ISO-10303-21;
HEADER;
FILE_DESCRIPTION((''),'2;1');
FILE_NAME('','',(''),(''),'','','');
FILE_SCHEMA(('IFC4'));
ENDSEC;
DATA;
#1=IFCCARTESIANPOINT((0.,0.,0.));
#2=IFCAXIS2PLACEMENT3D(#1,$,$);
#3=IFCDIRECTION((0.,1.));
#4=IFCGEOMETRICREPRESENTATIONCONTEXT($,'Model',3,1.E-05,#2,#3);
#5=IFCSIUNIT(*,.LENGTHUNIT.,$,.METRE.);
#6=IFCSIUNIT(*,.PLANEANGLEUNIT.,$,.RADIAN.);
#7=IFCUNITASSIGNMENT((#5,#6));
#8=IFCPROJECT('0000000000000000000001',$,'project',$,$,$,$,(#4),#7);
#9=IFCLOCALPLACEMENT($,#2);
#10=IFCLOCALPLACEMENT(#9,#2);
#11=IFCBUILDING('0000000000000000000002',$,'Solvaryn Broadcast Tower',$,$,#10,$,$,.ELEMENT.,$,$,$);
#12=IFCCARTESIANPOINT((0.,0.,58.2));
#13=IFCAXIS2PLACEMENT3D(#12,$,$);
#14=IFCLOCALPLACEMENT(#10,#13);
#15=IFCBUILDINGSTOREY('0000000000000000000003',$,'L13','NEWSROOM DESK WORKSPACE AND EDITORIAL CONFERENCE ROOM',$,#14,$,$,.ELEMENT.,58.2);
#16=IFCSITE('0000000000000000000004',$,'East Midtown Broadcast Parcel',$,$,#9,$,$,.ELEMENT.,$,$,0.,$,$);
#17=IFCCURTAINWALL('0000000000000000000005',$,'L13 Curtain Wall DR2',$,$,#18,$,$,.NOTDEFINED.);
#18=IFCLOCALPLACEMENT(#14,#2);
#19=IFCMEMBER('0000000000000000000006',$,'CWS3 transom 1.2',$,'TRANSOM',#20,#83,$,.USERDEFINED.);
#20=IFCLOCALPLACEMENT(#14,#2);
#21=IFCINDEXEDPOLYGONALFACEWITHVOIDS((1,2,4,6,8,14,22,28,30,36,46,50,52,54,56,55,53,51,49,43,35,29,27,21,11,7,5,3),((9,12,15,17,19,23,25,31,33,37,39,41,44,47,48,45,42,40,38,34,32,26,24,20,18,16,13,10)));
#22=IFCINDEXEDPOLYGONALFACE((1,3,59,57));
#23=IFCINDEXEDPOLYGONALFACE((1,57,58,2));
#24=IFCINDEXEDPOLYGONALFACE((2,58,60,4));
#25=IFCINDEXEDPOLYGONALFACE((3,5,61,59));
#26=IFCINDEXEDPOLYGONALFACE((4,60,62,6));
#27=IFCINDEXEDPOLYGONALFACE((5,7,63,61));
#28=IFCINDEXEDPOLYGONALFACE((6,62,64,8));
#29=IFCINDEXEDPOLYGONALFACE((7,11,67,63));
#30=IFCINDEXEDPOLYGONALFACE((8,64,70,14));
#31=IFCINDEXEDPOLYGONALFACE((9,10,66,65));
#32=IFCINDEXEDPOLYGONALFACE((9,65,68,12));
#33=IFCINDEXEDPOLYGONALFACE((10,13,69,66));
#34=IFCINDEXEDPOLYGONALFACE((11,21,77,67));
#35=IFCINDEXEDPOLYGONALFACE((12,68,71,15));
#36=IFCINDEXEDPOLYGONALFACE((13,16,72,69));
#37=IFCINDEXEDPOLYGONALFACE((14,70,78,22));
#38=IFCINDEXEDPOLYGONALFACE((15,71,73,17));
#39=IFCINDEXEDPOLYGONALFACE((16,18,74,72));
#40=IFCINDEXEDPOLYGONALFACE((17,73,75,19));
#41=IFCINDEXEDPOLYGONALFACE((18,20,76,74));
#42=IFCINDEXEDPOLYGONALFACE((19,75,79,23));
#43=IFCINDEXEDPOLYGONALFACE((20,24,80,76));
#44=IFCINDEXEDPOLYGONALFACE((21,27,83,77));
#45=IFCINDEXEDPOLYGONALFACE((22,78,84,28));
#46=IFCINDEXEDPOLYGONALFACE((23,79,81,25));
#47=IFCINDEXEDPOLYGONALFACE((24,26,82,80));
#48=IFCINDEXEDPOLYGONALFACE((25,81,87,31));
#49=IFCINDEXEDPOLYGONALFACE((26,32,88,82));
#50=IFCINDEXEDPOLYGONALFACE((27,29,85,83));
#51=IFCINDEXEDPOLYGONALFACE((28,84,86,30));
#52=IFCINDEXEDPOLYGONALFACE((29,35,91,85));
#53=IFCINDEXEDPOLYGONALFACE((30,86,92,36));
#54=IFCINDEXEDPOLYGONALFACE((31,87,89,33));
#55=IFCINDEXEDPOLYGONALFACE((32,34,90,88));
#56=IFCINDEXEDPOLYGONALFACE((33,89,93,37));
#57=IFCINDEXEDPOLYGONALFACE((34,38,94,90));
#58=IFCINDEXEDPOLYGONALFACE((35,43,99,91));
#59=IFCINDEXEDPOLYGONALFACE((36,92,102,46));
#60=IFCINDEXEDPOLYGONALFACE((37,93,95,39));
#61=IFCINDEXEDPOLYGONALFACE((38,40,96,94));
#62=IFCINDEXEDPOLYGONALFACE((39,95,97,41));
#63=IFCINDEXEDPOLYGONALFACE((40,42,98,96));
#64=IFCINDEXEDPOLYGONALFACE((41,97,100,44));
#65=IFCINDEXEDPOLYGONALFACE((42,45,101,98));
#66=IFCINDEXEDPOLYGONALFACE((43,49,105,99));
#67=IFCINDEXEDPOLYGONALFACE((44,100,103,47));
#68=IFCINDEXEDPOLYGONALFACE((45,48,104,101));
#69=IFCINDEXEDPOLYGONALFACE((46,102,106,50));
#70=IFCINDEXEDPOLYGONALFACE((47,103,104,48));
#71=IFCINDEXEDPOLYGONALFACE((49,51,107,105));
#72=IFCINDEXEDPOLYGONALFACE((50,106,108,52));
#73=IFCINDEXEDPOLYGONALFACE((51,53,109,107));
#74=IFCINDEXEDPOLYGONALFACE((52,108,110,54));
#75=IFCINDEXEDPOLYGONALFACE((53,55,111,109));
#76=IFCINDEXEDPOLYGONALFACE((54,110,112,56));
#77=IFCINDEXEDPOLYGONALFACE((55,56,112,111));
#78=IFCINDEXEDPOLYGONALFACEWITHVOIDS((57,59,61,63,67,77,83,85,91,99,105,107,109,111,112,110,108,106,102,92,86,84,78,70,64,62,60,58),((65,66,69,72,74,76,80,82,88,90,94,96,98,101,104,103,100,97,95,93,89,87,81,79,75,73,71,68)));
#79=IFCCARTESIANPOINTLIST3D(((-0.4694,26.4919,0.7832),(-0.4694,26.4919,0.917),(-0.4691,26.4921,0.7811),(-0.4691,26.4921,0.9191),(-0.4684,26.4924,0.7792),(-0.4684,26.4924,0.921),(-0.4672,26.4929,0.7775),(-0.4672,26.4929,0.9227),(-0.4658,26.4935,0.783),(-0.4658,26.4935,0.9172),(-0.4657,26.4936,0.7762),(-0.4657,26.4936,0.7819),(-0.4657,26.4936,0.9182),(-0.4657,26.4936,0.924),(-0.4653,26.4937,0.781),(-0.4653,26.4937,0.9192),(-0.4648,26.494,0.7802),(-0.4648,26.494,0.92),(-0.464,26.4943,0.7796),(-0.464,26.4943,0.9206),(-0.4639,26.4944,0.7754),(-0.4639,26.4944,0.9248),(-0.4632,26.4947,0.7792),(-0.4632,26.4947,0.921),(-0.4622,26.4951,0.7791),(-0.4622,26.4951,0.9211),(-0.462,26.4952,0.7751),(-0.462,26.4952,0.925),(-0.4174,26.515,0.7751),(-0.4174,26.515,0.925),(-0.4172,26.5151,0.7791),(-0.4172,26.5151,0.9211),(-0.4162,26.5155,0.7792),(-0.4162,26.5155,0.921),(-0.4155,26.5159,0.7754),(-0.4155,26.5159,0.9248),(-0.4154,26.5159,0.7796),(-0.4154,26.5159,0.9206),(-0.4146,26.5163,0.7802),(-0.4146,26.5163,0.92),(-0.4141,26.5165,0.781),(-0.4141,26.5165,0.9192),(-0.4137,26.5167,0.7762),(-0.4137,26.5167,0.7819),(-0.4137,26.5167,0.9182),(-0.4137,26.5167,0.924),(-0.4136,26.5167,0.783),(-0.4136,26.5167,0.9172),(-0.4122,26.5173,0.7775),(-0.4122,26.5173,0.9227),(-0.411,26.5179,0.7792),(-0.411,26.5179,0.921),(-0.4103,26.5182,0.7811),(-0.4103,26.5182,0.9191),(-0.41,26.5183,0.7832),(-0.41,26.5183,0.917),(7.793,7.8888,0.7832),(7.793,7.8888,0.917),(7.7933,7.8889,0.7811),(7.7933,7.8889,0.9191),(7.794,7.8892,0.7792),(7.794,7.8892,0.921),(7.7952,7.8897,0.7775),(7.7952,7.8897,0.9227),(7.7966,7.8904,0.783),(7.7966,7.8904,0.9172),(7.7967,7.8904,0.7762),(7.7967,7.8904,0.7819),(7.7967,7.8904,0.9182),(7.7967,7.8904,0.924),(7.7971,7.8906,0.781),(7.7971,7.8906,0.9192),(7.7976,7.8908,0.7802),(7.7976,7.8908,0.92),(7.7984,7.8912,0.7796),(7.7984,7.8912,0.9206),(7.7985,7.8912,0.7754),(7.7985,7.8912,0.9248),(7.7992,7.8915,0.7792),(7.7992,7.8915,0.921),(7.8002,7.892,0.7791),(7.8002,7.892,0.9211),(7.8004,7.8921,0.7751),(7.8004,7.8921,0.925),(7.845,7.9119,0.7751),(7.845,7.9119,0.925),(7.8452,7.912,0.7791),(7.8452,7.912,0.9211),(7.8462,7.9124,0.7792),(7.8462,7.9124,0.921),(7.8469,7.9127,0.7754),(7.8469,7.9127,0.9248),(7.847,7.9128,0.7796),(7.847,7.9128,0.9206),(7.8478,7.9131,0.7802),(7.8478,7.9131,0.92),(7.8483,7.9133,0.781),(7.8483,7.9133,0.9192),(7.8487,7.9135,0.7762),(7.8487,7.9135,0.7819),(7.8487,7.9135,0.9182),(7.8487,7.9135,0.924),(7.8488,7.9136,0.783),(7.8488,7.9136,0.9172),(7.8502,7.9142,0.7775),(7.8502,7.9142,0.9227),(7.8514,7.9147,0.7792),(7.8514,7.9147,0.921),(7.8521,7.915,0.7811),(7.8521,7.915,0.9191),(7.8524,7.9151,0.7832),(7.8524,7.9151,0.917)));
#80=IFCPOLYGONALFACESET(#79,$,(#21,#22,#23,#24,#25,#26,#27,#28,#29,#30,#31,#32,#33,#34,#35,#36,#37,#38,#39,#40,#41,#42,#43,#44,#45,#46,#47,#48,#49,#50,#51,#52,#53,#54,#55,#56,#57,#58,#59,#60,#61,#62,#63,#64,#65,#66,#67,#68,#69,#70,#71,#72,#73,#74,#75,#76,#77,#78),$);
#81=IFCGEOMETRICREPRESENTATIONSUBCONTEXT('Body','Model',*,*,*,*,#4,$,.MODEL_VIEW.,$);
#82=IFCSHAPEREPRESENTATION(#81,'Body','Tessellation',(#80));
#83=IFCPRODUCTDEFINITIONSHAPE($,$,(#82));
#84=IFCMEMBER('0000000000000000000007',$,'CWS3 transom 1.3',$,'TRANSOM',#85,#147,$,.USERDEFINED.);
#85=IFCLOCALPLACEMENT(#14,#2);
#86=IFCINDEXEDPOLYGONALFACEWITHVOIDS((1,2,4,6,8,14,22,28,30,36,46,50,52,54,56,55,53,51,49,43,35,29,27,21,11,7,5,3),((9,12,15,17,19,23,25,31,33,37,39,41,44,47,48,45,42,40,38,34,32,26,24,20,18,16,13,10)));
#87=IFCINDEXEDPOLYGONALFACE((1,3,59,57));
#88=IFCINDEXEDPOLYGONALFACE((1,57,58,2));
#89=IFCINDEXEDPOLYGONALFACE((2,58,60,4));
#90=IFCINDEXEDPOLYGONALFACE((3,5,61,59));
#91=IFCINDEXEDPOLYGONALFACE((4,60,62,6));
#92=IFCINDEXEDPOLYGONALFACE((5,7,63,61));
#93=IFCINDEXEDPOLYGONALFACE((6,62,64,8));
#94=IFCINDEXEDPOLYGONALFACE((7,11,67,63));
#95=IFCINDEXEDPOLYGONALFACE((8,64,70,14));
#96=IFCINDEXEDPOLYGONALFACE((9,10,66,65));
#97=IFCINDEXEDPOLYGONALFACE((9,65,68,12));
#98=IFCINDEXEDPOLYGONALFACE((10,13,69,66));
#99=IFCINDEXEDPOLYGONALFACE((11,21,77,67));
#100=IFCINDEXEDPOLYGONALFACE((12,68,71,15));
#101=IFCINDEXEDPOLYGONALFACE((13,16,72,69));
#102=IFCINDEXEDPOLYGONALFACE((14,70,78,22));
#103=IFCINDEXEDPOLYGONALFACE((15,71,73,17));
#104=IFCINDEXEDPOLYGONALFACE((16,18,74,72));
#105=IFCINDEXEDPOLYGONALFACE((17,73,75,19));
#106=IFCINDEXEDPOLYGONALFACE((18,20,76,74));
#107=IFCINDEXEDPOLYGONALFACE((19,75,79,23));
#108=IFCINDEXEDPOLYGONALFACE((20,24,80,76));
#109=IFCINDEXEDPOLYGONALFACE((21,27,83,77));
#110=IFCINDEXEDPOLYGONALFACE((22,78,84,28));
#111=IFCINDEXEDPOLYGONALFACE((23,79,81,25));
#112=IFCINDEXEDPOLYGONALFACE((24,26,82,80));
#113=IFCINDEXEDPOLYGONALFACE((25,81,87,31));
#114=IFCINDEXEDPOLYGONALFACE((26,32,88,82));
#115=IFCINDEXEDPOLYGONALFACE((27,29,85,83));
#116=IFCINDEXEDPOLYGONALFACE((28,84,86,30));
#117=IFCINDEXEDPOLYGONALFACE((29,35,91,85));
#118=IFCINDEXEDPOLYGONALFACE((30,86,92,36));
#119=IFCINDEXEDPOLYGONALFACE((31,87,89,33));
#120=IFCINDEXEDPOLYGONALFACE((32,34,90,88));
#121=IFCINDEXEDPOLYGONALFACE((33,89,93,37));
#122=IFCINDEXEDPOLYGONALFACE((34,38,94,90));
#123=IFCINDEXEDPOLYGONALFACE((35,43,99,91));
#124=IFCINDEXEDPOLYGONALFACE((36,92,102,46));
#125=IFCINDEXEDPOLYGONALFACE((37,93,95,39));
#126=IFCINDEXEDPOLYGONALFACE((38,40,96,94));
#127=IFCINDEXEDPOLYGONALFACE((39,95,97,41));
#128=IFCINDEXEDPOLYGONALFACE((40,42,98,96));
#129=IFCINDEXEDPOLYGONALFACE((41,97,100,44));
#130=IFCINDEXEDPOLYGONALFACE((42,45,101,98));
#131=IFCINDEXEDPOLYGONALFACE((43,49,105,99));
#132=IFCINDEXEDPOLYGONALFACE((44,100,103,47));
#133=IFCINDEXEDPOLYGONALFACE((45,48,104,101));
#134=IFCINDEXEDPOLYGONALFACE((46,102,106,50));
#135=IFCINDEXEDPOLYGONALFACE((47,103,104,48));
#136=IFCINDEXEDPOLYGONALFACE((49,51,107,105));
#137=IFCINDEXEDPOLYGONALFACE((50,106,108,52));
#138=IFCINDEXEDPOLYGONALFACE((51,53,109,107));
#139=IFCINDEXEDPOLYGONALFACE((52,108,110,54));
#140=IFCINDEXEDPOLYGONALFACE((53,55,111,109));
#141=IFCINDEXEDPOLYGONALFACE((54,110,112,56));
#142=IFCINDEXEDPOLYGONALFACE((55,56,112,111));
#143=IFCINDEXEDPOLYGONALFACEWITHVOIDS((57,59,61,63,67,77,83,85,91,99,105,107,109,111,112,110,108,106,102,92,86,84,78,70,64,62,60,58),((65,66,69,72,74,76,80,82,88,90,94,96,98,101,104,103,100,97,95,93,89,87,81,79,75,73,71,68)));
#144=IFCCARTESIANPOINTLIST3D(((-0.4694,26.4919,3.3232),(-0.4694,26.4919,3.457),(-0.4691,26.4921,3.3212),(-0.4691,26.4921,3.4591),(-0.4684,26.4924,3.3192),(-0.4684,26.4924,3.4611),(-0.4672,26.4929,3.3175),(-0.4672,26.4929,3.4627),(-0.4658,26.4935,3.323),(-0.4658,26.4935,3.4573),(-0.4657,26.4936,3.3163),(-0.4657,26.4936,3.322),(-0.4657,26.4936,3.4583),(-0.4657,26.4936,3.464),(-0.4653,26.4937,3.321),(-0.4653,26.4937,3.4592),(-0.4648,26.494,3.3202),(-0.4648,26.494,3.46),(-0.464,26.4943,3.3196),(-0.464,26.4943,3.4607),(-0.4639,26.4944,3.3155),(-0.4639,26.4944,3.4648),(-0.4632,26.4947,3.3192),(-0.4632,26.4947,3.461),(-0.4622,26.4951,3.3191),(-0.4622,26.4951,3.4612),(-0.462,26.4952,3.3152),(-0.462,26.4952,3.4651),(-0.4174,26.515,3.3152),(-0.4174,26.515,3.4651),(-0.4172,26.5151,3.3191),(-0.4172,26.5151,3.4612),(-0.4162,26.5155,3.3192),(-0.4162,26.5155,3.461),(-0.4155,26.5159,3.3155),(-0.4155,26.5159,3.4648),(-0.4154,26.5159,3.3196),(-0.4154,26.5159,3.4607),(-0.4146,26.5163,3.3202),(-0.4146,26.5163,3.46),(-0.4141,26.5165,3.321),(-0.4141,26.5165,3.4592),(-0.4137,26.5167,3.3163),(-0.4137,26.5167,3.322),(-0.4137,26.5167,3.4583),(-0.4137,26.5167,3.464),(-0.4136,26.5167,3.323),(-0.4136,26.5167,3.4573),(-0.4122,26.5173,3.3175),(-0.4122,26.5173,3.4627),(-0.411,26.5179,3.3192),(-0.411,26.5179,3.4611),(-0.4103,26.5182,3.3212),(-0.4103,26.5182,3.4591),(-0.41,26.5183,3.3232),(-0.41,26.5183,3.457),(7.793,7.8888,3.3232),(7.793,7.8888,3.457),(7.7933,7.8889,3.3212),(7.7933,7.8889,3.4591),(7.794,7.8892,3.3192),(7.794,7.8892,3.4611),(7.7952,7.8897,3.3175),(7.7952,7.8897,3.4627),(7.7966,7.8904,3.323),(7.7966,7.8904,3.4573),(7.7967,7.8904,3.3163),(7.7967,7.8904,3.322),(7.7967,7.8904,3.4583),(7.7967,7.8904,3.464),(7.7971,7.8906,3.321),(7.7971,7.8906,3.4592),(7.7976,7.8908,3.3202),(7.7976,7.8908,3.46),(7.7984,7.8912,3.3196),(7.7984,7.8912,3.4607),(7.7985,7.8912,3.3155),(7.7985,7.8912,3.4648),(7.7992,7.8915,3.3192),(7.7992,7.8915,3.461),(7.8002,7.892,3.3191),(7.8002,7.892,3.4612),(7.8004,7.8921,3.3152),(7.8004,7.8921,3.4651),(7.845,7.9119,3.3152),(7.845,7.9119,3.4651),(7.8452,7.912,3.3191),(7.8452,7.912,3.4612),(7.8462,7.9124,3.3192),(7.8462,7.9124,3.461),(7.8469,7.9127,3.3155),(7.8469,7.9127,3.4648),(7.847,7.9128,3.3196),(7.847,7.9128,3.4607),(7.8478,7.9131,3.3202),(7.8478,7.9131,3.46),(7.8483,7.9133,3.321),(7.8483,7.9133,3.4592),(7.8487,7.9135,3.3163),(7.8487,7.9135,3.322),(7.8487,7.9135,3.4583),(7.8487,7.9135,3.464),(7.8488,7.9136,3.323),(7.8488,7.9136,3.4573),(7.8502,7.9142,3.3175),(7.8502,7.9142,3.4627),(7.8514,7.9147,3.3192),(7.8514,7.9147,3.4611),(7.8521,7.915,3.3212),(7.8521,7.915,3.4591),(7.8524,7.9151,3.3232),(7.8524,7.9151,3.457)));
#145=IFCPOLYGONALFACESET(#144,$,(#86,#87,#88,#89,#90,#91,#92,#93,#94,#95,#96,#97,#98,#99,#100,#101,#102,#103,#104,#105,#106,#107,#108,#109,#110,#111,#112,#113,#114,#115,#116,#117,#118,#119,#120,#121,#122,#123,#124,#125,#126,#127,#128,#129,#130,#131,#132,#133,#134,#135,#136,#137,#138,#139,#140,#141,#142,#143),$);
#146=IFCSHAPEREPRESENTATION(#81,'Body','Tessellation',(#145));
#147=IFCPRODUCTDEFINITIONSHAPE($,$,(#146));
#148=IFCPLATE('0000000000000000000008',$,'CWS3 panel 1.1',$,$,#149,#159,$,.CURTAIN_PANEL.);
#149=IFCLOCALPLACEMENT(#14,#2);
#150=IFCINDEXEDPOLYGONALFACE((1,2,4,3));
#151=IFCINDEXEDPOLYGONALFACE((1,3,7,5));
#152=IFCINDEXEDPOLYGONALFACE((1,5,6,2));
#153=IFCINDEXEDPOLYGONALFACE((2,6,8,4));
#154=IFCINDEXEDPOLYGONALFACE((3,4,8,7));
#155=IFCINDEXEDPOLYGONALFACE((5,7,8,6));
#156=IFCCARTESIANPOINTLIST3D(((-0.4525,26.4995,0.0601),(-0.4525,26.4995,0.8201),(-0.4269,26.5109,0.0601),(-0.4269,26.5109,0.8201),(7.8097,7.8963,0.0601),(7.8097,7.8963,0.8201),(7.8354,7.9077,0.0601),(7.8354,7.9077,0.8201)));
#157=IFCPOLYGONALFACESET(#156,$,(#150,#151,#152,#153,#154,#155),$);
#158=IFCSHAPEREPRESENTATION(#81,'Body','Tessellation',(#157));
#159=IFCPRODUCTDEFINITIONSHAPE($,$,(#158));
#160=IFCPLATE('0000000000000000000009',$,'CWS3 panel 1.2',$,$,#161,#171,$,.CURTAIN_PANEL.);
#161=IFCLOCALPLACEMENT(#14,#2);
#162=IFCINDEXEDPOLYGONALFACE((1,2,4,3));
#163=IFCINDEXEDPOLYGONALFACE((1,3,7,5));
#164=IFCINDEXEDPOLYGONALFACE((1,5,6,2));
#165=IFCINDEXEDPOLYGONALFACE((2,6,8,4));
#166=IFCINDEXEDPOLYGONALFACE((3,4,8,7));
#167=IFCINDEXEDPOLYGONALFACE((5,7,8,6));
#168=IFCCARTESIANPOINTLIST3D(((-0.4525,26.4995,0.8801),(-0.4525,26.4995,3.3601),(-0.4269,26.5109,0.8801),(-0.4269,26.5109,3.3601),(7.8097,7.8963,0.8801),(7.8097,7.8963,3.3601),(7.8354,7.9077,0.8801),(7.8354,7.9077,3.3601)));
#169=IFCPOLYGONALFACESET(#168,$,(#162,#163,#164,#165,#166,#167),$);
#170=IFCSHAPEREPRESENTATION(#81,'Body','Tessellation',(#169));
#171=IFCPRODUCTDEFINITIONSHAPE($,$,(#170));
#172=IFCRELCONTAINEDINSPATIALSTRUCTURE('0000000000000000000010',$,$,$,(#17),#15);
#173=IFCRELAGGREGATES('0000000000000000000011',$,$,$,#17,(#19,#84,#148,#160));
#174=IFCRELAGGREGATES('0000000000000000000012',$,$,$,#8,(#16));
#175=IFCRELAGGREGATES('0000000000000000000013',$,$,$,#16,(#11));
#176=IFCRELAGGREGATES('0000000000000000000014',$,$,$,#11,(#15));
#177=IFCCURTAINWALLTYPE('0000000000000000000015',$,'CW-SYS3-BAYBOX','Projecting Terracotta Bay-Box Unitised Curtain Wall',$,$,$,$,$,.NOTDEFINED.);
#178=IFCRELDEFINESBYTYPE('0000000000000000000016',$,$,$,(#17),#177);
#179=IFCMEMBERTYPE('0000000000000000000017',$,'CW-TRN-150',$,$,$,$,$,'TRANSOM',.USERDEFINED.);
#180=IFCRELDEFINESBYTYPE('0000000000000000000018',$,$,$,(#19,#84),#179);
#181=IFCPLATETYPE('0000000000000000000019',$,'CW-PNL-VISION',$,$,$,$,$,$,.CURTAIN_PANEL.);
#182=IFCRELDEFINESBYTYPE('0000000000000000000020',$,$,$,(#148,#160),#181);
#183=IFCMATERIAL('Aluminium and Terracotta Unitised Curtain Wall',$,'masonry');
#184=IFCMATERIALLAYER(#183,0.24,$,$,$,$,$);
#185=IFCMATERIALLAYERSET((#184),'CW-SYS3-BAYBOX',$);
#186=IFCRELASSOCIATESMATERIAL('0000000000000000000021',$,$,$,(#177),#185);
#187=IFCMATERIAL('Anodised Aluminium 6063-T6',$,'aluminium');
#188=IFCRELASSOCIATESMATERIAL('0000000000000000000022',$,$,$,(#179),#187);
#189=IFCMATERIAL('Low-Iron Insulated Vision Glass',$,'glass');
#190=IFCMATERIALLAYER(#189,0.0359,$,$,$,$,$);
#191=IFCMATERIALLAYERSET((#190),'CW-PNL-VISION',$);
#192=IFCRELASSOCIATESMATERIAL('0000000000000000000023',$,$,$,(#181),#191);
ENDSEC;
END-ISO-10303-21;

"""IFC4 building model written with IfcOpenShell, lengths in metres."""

from ifc_helpers import new_model, si_unit, direction, frame, origin, origin_2d, place, context, subcontext, project, spatial, rectangle, hollow_rectangle, extrude, material, layer, layer_set, material_profile, profile_set, type_object, element, aggregate, save


model = new_model("IFC4")

# Units and contexts
model_context = context("Model", 3, precision=1e-05, world=origin(), true_north=direction((0.0, 1.0)))
body_context = subcontext(model_context, "Body", "Model", "MODEL_VIEW")
ifc_project = project(units=[si_unit("LENGTHUNIT", "METRE"), si_unit("PLANEANGLEUNIT", "RADIAN")], contexts=[model_context])

# Site, building, storey
site_placement = place(None, origin())
site = spatial("IfcSite", under=ifc_project, at=site_placement, Name="East Midtown Broadcast Parcel", CompositionType="ELEMENT", RefElevation=0.0)
building_placement = place(site_placement, origin())
building = spatial("IfcBuilding", under=site, at=building_placement, Name="Solvaryn Broadcast Tower", CompositionType="ELEMENT")
storey_placement = place(building_placement, frame((0.0, 0.0, 58.2)))
storey = spatial("IfcBuildingStorey", under=building, at=storey_placement, Name="L13", Description="NEWSROOM DESK WORKSPACE AND EDITORIAL CONFERENCE ROOM", CompositionType="ELEMENT", Elevation=58.2)

# Curtain wall, members, plates
ifc_material_1 = material(Name="Aluminium and Terracotta Unitised Curtain Wall", Category="masonry")
ifc_layer_1 = layer(ifc_material_1, 0.24)
ifc_layer_set_1 = layer_set([ifc_layer_1], Name="CW-SYS3-BAYBOX")
curtain_wall_type_1 = type_object("IfcCurtainWallType", Name="CW-SYS3-BAYBOX", Description="Projecting Terracotta Bay-Box Unitised Curtain Wall", PredefinedType="NOTDEFINED", material=ifc_layer_set_1)
curtain_wall_1_placement = place(storey_placement, origin())
curtain_wall_1 = element("IfcCurtainWall", 1, at=curtain_wall_1_placement, inside=storey, type_object=curtain_wall_type_1, Name="L13 Curtain Wall DR2", PredefinedType="NOTDEFINED")
ifc_material_2 = material(Name="Anodised Aluminium 6063-T6", Category="aluminium")
ifc_material_profile_1 = material_profile(ifc_material_2, hollow_rectangle(XDim=0.0649, YDim=0.1499, WallThickness=0.0039, InnerFilletRadius=0.0039, OuterFilletRadius=0.0081, at=origin_2d()))
ifc_profile_set_1 = profile_set([ifc_material_profile_1], Name="Anodised Aluminium 6063-T6")
member_type_1 = type_object("IfcMemberType", Name="CW-TRN-150", ElementType="TRANSOM", PredefinedType="USERDEFINED", material=ifc_profile_set_1)
member_1_placement = place(storey_placement, frame((-0.4397, 26.5051, 0.8501), z_axis=(0.405906, -0.913915, 0.0), x_axis=(0.913915, 0.405906, 0.0)))
member_1 = element("IfcMember", 2, at=member_1_placement, type_object=member_type_1, Name="CWS3 transom 1.2", ObjectType="TRANSOM", PredefinedType="USERDEFINED", context=body_context, shape_type="SweptSolid", body=[
    extrude(hollow_rectangle(XDim=0.0649, YDim=0.1499, WallThickness=0.0039, InnerFilletRadius=0.0039, OuterFilletRadius=0.0081, at=origin_2d()), origin(), (0.0, 0.0, 1.0), 20.3555),
])
member_2_placement = place(storey_placement, frame((-0.4397, 26.5051, 3.3901), z_axis=(0.405906, -0.913915, 0.0), x_axis=(0.913915, 0.405906, 0.0)))
member_2 = element("IfcMember", 3, at=member_2_placement, type_object=member_type_1, Name="CWS3 transom 1.3", ObjectType="TRANSOM", PredefinedType="USERDEFINED", context=body_context, shape_type="SweptSolid", body=[
    extrude(hollow_rectangle(XDim=0.0649, YDim=0.1499, WallThickness=0.0039, InnerFilletRadius=0.0039, OuterFilletRadius=0.0081, at=origin_2d()), origin(), (0.0, 0.0, 1.0), 20.3555),
])
ifc_material_3 = material(Name="Low-Iron Insulated Vision Glass", Category="glass")
ifc_layer_2 = layer(ifc_material_3, 0.0359)
ifc_layer_set_2 = layer_set([ifc_layer_2], Name="CW-PNL-VISION")
plate_type = type_object("IfcPlateType", Name="CW-PNL-VISION", PredefinedType="CURTAIN_PANEL", material=ifc_layer_set_2)
plate_1_placement = place(storey_placement, frame((3.6914, 17.2036, 0.0601), z_axis=(0.0, 0.0, 1.0), x_axis=(0.405898, -0.913918, 0.0)))
plate_1 = element("IfcPlate", 4, at=plate_1_placement, type_object=plate_type, Name="CWS3 panel 1.1", PredefinedType="CURTAIN_PANEL", context=body_context, shape_type="SweptSolid", body=[
    extrude(rectangle(XDim=20.3555, YDim=0.0281, at=origin_2d()), origin(), (0.0, 0.0, 1.0), 0.76),
])
plate_2_placement = place(storey_placement, frame((3.6914, 17.2036, 0.8801), z_axis=(0.0, 0.0, 1.0), x_axis=(0.405898, -0.913918, 0.0)))
plate_2 = element("IfcPlate", 5, at=plate_2_placement, type_object=plate_type, Name="CWS3 panel 1.2", PredefinedType="CURTAIN_PANEL", context=body_context, shape_type="SweptSolid", body=[
    extrude(rectangle(XDim=20.3555, YDim=0.0281, at=origin_2d()), origin(), (0.0, 0.0, 1.0), 2.48),
])
aggregate(curtain_wall_1, [member_1, member_2, plate_1, plate_2])

save(model, "model.ifc")
